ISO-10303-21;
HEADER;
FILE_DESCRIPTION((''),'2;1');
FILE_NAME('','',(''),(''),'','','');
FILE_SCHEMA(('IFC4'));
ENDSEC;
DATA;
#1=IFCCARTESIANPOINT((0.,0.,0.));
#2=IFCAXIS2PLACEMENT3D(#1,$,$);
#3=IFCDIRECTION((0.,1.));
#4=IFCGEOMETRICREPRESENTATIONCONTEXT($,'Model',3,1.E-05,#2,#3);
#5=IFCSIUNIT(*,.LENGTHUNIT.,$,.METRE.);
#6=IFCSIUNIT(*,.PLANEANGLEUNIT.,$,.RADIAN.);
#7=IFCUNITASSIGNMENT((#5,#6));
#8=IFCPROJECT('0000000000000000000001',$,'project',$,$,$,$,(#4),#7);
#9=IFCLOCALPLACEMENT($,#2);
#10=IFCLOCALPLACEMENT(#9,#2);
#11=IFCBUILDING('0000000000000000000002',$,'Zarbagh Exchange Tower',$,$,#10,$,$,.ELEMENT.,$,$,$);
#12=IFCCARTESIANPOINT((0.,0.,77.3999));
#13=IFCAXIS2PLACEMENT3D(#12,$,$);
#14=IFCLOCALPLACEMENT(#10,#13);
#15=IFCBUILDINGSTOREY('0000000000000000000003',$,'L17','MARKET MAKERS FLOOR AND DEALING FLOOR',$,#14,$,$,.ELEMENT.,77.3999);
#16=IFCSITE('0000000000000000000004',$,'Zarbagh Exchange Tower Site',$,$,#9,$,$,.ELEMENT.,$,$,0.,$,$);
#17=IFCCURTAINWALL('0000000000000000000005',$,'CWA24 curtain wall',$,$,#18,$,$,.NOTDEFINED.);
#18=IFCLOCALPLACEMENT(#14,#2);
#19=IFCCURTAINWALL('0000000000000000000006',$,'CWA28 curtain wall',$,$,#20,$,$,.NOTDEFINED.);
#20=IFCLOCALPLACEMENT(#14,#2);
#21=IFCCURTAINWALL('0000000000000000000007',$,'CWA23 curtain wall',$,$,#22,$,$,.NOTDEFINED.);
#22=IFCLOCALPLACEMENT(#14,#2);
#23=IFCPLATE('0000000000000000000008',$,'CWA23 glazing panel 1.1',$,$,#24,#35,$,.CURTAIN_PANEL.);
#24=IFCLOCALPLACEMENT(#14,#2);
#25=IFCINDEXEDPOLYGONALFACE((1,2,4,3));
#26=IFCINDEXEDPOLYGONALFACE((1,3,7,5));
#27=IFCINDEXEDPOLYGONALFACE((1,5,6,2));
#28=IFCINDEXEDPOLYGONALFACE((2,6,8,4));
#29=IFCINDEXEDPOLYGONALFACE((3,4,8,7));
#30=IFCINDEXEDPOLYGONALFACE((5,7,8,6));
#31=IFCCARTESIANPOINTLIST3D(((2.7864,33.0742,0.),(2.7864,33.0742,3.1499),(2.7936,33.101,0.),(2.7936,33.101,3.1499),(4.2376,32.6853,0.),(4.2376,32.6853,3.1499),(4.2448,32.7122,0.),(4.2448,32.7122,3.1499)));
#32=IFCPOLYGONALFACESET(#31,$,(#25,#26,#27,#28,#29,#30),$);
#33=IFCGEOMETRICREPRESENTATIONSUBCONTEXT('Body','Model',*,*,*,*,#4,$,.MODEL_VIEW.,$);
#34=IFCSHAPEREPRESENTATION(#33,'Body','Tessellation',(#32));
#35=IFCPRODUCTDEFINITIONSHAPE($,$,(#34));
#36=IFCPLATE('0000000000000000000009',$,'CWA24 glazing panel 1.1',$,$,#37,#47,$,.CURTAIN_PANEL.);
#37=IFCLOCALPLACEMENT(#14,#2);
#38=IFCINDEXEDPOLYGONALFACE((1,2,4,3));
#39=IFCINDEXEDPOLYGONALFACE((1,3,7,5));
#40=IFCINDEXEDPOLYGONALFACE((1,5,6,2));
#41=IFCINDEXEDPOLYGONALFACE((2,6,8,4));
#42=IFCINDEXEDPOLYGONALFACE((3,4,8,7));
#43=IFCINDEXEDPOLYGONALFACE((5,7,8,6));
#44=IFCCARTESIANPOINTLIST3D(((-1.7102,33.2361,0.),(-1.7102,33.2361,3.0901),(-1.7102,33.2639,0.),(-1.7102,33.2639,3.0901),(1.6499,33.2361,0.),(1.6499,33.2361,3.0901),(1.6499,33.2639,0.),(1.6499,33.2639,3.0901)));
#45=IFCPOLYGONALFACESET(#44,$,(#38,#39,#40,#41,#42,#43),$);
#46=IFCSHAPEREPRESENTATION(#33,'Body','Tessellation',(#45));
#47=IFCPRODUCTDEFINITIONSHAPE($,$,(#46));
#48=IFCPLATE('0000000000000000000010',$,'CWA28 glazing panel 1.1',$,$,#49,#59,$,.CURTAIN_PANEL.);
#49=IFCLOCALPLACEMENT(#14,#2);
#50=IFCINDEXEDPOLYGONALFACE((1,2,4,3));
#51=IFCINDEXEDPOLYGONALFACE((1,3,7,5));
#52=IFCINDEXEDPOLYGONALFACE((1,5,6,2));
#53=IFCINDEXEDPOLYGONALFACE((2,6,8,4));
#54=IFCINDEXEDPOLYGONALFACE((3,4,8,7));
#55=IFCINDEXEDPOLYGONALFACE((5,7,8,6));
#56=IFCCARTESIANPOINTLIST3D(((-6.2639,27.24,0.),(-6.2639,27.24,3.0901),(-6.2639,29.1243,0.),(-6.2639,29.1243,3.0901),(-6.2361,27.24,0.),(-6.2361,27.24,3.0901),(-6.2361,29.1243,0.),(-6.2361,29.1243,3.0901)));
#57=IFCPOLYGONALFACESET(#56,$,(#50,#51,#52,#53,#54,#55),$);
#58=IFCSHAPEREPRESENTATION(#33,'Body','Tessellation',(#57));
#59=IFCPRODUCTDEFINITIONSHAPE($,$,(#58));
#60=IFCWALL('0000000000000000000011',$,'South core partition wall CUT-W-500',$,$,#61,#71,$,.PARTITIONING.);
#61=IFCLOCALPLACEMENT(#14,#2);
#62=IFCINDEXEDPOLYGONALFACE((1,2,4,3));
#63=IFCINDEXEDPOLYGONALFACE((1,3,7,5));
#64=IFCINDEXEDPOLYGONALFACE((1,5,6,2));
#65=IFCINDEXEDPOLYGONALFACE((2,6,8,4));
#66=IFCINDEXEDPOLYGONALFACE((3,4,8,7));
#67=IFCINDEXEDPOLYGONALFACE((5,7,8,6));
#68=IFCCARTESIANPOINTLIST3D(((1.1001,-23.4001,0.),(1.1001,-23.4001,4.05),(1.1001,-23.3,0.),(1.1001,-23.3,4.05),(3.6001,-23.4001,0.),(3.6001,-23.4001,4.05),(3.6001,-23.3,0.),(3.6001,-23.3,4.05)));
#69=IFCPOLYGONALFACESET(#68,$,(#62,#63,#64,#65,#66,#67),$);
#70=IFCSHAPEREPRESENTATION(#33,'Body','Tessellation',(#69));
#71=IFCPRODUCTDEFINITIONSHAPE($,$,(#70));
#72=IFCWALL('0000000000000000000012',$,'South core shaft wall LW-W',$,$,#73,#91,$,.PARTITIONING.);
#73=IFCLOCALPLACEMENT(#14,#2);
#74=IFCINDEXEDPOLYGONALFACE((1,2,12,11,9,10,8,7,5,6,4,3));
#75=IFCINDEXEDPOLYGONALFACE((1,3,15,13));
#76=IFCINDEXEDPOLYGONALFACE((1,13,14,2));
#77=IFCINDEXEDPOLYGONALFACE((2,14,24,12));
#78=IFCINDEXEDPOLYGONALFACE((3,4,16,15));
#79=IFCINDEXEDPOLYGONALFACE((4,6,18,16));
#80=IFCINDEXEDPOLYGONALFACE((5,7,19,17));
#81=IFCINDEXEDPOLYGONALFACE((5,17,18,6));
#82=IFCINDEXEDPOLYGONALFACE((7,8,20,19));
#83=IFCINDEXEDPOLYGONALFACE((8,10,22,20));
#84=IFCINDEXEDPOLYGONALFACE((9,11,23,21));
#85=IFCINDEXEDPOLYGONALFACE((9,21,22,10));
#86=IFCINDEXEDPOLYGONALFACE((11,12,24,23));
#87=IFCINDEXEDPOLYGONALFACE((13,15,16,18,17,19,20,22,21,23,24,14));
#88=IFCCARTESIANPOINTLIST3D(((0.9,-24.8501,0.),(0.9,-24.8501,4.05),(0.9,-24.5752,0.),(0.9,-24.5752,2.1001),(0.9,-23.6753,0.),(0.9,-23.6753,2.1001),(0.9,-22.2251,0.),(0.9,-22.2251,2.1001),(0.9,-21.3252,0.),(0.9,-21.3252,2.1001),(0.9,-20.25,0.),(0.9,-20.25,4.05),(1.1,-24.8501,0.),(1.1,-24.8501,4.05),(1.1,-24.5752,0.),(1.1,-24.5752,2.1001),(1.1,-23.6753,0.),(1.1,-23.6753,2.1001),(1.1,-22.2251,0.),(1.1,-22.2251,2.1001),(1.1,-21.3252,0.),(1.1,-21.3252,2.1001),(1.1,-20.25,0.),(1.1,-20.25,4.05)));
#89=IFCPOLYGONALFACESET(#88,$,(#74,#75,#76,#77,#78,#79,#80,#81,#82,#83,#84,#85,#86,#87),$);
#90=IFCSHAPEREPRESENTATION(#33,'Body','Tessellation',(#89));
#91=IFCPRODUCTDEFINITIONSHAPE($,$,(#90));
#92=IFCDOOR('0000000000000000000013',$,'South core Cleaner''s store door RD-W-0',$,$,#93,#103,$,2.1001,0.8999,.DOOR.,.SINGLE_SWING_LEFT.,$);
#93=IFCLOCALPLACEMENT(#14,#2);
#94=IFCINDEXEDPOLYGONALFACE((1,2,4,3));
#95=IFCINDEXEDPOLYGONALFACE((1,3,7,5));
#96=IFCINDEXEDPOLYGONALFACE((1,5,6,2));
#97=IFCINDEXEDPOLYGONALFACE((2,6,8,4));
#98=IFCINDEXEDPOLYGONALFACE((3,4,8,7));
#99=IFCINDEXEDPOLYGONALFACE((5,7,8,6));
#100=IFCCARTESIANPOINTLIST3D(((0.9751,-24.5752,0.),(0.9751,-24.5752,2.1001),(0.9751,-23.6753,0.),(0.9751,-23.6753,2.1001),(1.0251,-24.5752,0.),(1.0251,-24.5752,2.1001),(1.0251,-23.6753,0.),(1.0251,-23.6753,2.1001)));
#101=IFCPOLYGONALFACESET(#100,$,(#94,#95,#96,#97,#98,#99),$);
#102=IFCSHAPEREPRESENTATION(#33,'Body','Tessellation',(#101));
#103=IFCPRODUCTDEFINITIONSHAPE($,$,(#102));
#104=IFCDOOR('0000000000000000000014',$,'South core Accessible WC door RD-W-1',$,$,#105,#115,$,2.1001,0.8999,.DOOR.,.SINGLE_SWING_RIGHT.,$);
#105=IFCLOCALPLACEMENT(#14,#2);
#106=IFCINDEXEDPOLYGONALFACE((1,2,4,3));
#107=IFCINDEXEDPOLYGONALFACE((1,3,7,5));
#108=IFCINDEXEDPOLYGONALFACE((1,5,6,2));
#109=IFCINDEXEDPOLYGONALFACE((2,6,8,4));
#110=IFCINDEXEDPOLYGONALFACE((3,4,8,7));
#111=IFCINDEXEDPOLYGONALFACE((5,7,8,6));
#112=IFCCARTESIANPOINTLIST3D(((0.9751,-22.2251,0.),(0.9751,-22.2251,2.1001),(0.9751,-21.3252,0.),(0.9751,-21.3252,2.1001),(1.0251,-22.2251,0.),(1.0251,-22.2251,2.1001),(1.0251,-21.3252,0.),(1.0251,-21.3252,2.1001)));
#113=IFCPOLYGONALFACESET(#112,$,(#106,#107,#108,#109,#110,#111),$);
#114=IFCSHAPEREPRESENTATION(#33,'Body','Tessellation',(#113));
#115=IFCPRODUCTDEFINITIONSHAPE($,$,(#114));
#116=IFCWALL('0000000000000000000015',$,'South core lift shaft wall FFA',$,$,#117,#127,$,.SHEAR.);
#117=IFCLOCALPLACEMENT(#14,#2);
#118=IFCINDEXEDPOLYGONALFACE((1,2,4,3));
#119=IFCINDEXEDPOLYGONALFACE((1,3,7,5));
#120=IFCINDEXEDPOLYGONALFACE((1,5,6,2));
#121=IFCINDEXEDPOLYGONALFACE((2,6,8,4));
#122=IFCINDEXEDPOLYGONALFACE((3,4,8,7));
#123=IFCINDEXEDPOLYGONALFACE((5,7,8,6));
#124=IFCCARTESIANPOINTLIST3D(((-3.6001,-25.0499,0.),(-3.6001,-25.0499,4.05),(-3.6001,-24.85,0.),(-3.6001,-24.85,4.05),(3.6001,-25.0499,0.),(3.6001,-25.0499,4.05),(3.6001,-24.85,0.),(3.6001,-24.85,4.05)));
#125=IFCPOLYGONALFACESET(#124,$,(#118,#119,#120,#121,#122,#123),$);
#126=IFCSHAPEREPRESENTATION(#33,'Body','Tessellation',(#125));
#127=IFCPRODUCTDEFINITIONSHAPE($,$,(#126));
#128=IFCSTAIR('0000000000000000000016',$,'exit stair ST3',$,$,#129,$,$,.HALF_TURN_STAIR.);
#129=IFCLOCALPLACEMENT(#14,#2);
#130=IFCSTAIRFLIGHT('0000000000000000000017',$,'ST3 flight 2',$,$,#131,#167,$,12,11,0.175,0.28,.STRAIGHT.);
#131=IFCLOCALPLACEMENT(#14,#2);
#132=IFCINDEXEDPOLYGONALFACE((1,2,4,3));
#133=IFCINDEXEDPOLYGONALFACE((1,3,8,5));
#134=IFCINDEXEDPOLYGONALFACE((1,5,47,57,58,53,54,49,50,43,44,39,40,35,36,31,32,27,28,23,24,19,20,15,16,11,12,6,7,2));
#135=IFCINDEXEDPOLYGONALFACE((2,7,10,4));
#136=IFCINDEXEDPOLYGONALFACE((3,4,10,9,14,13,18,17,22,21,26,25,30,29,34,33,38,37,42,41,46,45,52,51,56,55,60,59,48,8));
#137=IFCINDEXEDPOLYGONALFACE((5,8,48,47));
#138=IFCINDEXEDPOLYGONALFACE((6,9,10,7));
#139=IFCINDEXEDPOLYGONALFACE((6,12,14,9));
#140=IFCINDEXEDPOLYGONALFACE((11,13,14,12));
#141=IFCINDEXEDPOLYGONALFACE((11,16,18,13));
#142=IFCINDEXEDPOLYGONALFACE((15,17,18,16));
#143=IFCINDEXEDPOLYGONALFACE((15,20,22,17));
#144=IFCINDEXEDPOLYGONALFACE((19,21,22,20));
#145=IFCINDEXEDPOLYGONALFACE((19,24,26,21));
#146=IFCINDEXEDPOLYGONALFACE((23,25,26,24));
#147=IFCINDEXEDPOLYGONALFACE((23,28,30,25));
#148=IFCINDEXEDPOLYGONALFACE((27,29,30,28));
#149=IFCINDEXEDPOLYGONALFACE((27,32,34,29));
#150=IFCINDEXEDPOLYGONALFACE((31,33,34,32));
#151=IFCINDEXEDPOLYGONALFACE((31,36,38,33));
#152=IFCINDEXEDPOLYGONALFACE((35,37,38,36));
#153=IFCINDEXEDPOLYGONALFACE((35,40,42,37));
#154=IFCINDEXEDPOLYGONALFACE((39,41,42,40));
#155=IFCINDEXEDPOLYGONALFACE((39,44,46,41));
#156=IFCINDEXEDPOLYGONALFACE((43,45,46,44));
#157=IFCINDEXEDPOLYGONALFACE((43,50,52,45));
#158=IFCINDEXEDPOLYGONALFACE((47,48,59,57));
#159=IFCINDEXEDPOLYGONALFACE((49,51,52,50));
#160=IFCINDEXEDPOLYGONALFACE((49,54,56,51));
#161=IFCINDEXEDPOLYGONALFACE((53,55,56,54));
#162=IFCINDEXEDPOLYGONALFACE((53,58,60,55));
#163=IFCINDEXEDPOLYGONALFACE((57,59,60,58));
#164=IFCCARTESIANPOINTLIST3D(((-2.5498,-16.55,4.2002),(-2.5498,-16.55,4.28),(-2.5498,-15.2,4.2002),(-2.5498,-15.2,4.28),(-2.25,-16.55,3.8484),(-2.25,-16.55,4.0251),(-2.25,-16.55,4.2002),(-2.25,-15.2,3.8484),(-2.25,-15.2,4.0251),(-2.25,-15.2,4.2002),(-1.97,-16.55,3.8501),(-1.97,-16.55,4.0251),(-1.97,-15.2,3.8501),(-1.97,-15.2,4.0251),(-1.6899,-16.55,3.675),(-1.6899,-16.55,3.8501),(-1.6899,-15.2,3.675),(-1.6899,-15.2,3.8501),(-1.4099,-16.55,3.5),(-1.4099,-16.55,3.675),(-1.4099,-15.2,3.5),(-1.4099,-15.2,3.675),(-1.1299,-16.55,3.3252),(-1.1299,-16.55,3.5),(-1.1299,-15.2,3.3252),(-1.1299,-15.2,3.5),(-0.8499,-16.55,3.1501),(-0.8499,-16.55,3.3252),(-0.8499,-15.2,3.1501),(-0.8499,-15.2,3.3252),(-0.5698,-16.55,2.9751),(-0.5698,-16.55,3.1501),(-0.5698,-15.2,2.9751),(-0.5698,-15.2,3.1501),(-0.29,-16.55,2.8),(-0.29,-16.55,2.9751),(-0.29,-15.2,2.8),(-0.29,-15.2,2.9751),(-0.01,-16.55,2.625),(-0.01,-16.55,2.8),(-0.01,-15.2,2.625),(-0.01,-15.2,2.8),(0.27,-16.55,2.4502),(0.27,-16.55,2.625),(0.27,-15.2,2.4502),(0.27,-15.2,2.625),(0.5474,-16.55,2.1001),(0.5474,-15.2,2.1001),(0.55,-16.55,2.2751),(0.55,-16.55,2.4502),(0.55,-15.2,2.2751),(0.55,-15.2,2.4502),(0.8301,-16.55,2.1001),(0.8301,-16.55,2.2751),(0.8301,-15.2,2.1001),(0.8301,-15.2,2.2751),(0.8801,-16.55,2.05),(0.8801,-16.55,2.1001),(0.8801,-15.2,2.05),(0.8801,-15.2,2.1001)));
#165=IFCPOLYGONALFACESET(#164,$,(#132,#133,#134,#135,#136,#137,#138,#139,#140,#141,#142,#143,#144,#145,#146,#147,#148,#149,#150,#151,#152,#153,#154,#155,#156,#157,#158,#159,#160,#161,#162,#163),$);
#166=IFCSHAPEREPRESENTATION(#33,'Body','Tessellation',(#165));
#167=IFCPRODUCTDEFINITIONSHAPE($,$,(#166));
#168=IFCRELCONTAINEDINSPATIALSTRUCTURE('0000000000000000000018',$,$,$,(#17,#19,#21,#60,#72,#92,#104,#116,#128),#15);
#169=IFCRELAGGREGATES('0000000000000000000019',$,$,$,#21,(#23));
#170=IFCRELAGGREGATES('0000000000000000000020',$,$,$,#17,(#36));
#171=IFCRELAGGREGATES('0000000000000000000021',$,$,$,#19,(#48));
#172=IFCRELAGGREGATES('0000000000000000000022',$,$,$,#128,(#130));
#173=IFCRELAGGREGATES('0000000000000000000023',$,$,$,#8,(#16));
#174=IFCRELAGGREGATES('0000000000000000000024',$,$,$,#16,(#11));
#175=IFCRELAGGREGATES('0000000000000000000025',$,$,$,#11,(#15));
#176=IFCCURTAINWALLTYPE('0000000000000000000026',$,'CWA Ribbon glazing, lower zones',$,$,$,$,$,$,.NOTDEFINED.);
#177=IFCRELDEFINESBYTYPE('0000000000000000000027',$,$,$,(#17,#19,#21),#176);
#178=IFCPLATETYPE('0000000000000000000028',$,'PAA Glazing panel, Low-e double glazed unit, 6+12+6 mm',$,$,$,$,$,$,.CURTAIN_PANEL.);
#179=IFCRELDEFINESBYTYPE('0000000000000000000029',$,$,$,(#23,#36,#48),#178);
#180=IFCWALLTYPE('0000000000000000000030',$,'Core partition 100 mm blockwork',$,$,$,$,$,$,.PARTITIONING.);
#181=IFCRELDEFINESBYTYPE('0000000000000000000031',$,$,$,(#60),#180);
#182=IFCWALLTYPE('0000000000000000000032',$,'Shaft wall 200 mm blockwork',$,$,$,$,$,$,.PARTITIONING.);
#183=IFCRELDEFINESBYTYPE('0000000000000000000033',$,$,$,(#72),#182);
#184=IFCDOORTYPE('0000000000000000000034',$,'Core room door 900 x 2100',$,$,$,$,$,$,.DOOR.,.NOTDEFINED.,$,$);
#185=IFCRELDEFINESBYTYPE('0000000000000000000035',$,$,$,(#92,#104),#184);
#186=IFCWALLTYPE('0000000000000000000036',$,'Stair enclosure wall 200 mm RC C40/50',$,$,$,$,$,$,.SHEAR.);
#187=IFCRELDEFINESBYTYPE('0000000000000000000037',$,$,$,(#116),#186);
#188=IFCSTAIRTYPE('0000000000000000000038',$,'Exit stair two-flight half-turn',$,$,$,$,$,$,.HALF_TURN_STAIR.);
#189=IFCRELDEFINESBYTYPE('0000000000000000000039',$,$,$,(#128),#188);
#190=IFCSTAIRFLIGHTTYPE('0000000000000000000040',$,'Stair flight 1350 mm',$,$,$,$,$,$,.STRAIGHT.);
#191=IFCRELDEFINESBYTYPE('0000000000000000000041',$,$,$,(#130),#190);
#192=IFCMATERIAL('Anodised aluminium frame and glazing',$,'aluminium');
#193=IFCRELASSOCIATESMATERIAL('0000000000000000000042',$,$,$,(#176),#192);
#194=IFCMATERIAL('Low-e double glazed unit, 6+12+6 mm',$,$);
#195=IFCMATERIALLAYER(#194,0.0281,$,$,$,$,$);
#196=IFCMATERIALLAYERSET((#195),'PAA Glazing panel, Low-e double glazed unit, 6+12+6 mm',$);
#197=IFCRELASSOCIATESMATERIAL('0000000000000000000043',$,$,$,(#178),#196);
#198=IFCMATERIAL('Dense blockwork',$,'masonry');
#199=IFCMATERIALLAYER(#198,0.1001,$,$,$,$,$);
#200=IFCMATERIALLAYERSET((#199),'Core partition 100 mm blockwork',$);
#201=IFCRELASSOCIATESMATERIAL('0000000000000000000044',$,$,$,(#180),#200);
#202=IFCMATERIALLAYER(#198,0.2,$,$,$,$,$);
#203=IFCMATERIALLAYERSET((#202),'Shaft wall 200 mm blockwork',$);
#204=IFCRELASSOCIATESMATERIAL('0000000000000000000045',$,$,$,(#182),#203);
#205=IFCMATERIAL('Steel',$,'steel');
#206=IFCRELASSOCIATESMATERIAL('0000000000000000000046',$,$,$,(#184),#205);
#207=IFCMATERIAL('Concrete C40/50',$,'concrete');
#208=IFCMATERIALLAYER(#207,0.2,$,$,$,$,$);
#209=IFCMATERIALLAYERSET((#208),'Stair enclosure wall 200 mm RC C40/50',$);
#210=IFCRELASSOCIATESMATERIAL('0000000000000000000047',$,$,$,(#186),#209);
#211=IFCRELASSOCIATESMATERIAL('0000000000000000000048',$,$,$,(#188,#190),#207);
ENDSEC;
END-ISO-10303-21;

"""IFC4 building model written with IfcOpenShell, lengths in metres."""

from ifc_helpers import new_model, si_unit, direction, frame, frame_2d, origin, place, context, subcontext, project, spatial, polyline, rectangle, outline, extrude, source, transform, mapped, material, layer, layer_set, type_object, element, fill, aggregate, save


model = new_model("IFC4")

# Units and contexts
model_context = context("Model", 3, precision=1e-05, world=origin(), true_north=direction((0.0, 1.0)))
body_context = subcontext(model_context, "Body", "Model", "MODEL_VIEW")
ifc_project = project(units=[si_unit("LENGTHUNIT", "METRE"), si_unit("PLANEANGLEUNIT", "RADIAN")], contexts=[model_context])

# Site, building, storey
site_placement = place(None, origin())
site = spatial("IfcSite", under=ifc_project, at=site_placement, Name="Zarbagh Exchange Tower Site", CompositionType="ELEMENT", RefElevation=0.0)
building_placement = place(site_placement, origin())
building = spatial("IfcBuilding", under=site, at=building_placement, Name="Zarbagh Exchange Tower", CompositionType="ELEMENT")
storey_placement = place(building_placement, frame((0.0, 0.0, 77.3999)))
storey = spatial("IfcBuildingStorey", under=building, at=storey_placement, Name="L17", Description="MARKET MAKERS FLOOR AND DEALING FLOOR", CompositionType="ELEMENT", Elevation=77.3999)

# Curtain wall
ifc_material_1 = material(Name="Anodised aluminium frame and glazing", Category="aluminium")
curtain_wall_type = type_object("IfcCurtainWallType", Name="CWA Ribbon glazing, lower zones", PredefinedType="NOTDEFINED", material=ifc_material_1)
curtain_wall_1_placement = place(storey_placement, origin())
curtain_wall_1 = element("IfcCurtainWall", 1, at=curtain_wall_1_placement, inside=storey, type_object=curtain_wall_type, Name="CWA24 curtain wall", PredefinedType="NOTDEFINED")
placement = place(storey_placement, origin())

# Curtain wall
curtain_wall_2_placement = place(storey_placement, origin())
curtain_wall_2 = element("IfcCurtainWall", 2, at=curtain_wall_2_placement, inside=storey, type_object=curtain_wall_type, Name="CWA28 curtain wall", PredefinedType="NOTDEFINED")

# Shared definitions
ifc_material_2 = material(Name="Low-e double glazed unit, 6+12+6 mm")
ifc_layer_1 = layer(ifc_material_2, 0.0281)
ifc_layer_set_1 = layer_set([ifc_layer_1], Name="PAA Glazing panel, Low-e double glazed unit, 6+12+6 mm")
plate_type = type_object("IfcPlateType", Name="PAA Glazing panel, Low-e double glazed unit, 6+12+6 mm", PredefinedType="CURTAIN_PANEL", material=ifc_layer_set_1)

# Curtain wall, plate
curtain_wall_3_placement = place(storey_placement, origin())
curtain_wall_3 = element("IfcCurtainWall", 3, at=curtain_wall_3_placement, inside=storey, type_object=curtain_wall_type, Name="CWA23 curtain wall", PredefinedType="NOTDEFINED")
shared_shape_1 = source(origin(), body_context, "Body", "SweptSolid", [
    extrude(outline(polyline([(0.0, -0.0139), (1.5024, -0.0139), (1.5024, 0.0139), (0.0, 0.0139), (0.0, -0.0139)])), origin(), (0.0, 0.0, 1.0), 3.1499),
])
plate_1 = element("IfcPlate", 4, at=placement, type_object=plate_type, Name="CWA23 glazing panel 1.1", PredefinedType="CURTAIN_PANEL", context=body_context, shape_type="MappedRepresentation", body=[
    mapped(shared_shape_1, transform((4.2412, 32.6987, 0.0), x_axis=(-0.965924, 0.258825, 0.0), y_axis=(-0.258825, -0.965924, 0.0), z_axis=(0.0, 0.0, 1.0))),
])
aggregate(curtain_wall_3, [plate_1])

# Plates
shared_shape_2 = source(origin(), body_context, "Body", "SweptSolid", [
    extrude(outline(polyline([(0.0, -0.0139), (3.3601, -0.0139), (3.3601, 0.0139), (0.0, 0.0139), (0.0, -0.0139)])), origin(), (0.0, 0.0, 1.0), 3.0901),
])
plate_2 = element("IfcPlate", 5, at=placement, type_object=plate_type, Name="CWA24 glazing panel 1.1", PredefinedType="CURTAIN_PANEL", context=body_context, shape_type="MappedRepresentation", body=[
    mapped(shared_shape_2, transform((1.6499, 33.25, 0.0), x_axis=(-1.0, 0.0, 0.0), y_axis=(0.0, -1.0, 0.0), z_axis=(0.0, 0.0, 1.0))),
])
aggregate(curtain_wall_1, [plate_2])
shared_shape_3 = source(origin(), body_context, "Body", "SweptSolid", [
    extrude(outline(polyline([(0.0, -0.0139), (1.8843, -0.0139), (1.8843, 0.0139), (0.0, 0.0139), (0.0, -0.0139)])), origin(), (0.0, 0.0, 1.0), 3.0901),
])
plate_3 = element("IfcPlate", 6, at=placement, type_object=plate_type, Name="CWA28 glazing panel 1.1", PredefinedType="CURTAIN_PANEL", context=body_context, shape_type="MappedRepresentation", body=[
    mapped(shared_shape_3, transform((-6.25, 29.1243, 0.0), x_axis=(0.0, -1.0, 0.0), y_axis=(1.0, 0.0, 0.0), z_axis=(0.0, 0.0, 1.0))),
])
aggregate(curtain_wall_2, [plate_3])

# Wall
ifc_material_3 = material(Name="Dense blockwork", Category="masonry")
ifc_layer_2 = layer(ifc_material_3, 0.1001)
ifc_layer_set_2 = layer_set([ifc_layer_2], Name="Core partition 100 mm blockwork")
wall_type_1 = type_object("IfcWallType", Name="Core partition 100 mm blockwork", PredefinedType="PARTITIONING", material=ifc_layer_set_2)
wall_1_placement = place(storey_placement, frame((3.6001, -23.3501, 0.0), z_axis=(0.0, 0.0, 1.0), x_axis=(-1.0, 0.0, 0.0)))
element("IfcWall", 7, at=wall_1_placement, inside=storey, type_object=wall_type_1, Name="South core partition wall CUT-W-500", PredefinedType="PARTITIONING", context=body_context, shape_type="SweptSolid", body=[
    extrude(rectangle(XDim=2.5, YDim=0.1001, at=frame_2d((1.25, 0.0))), origin(), (0.0, 0.0, 1.0), 4.05),
])

# Wall, openings, doors
ifc_layer_3 = layer(ifc_material_3, 0.2)
ifc_layer_set_3 = layer_set([ifc_layer_3], Name="Shaft wall 200 mm blockwork")
wall_type_2 = type_object("IfcWallType", Name="Shaft wall 200 mm blockwork", PredefinedType="PARTITIONING", material=ifc_layer_set_3)
wall_2_placement = place(storey_placement, frame((1.0, -24.8501, 0.0), z_axis=(0.0, 0.0, 1.0), x_axis=(0.0, 1.0, 0.0)))
wall_2 = element("IfcWall", 8, at=wall_2_placement, inside=storey, type_object=wall_type_2, Name="South core shaft wall LW-W", PredefinedType="PARTITIONING", context=body_context, shape_type="SweptSolid", body=[
    extrude(rectangle(XDim=4.6001, YDim=0.2, at=frame_2d((2.3, 0.0))), origin(), (0.0, 0.0, 1.0), 4.05),
])
opening_1_placement = place(wall_2_placement, frame((0.2749, 0.0, 0.0)))
opening_1 = element("IfcOpeningElement", 9, at=opening_1_placement, cuts=wall_2, PredefinedType="OPENING", context=body_context, shape_type="SweptSolid", body=[
    extrude(rectangle(XDim=0.8999, YDim=2.1001, at=frame_2d((0.45, 1.05))), frame((0.0, 0.1099, 0.0), z_axis=(0.0, -1.0, 0.0), x_axis=(1.0, 0.0, 0.0)), (0.0, 0.0, 1.0), 0.22),
])
opening_2_placement = place(wall_2_placement, frame((2.625, 0.0, 0.0)))
opening_2 = element("IfcOpeningElement", 10, at=opening_2_placement, cuts=wall_2, PredefinedType="OPENING", context=body_context, shape_type="SweptSolid", body=[
    extrude(rectangle(XDim=0.8999, YDim=2.1001, at=frame_2d((0.45, 1.05))), frame((0.0, 0.1099, 0.0), z_axis=(0.0, -1.0, 0.0), x_axis=(1.0, 0.0, 0.0)), (0.0, 0.0, 1.0), 0.22),
])
ifc_material_4 = material(Name="Steel", Category="steel")
door_type = type_object("IfcDoorType", Name="Core room door 900 x 2100", OperationType="NOTDEFINED", PredefinedType="DOOR", material=ifc_material_4)
door_1_placement = place(opening_1_placement, origin())
door_1 = element("IfcDoor", 11, at=door_1_placement, inside=storey, type_object=door_type, Name="South core Cleaner's store door RD-W-0", OperationType="SINGLE_SWING_LEFT", OverallHeight=2.1001, OverallWidth=0.8999, PredefinedType="DOOR", context=body_context, shape_type="SweptSolid", body=[
    extrude(rectangle(XDim=0.8999, YDim=2.1001, at=frame_2d((0.45, 1.05))), frame((0.0, 0.0249, 0.0), z_axis=(0.0, -1.0, 0.0), x_axis=(1.0, 0.0, 0.0)), (0.0, 0.0, 1.0), 0.05),
])
fill(opening_1, door_1)
door_2_placement = place(opening_2_placement, origin())
door_2 = element("IfcDoor", 12, at=door_2_placement, inside=storey, type_object=door_type, Name="South core Accessible WC door RD-W-1", OperationType="SINGLE_SWING_RIGHT", OverallHeight=2.1001, OverallWidth=0.8999, PredefinedType="DOOR", context=body_context, shape_type="SweptSolid", body=[
    extrude(rectangle(XDim=0.8999, YDim=2.1001, at=frame_2d((0.45, 1.05))), frame((0.0, 0.0249, 0.0), z_axis=(0.0, -1.0, 0.0), x_axis=(1.0, 0.0, 0.0)), (0.0, 0.0, 1.0), 0.05),
])
fill(opening_2, door_2)

# Wall
ifc_material_5 = material(Name="Concrete C40/50", Category="concrete")
ifc_layer_4 = layer(ifc_material_5, 0.2)
ifc_layer_set_4 = layer_set([ifc_layer_4], Name="Stair enclosure wall 200 mm RC C40/50")
wall_type_3 = type_object("IfcWallType", Name="Stair enclosure wall 200 mm RC C40/50", PredefinedType="SHEAR", material=ifc_layer_set_4)
wall_3_placement = place(storey_placement, frame((3.6001, -24.95, 0.0), z_axis=(0.0, 0.0, 1.0), x_axis=(-1.0, 0.0, 0.0)))
element("IfcWall", 13, at=wall_3_placement, inside=storey, type_object=wall_type_3, Name="South core lift shaft wall FFA", PredefinedType="SHEAR", context=body_context, shape_type="SweptSolid", body=[
    extrude(rectangle(XDim=7.2002, YDim=0.2, at=frame_2d((3.6001, 0.0))), origin(), (0.0, 0.0, 1.0), 4.05),
])

# Stair, stair flight
stair_type = type_object("IfcStairType", Name="Exit stair two-flight half-turn", PredefinedType="HALF_TURN_STAIR", material=ifc_material_5)
stair_1_placement = place(storey_placement, origin())
stair_1 = element("IfcStair", 14, at=stair_1_placement, inside=storey, type_object=stair_type, Name="exit stair ST3", PredefinedType="HALF_TURN_STAIR")
stair_flight_type = type_object("IfcStairFlightType", Name="Stair flight 1350 mm", PredefinedType="STRAIGHT", material=ifc_material_5)
stair_flight_1_placement = place(storey_placement, frame((0.8301, -15.875, 2.1001), z_axis=(0.0, 0.0, 1.0), x_axis=(-1.0, 0.0, 0.0)))
stair_flight_1 = element("IfcStairFlight", 15, at=stair_flight_1_placement, type_object=stair_flight_type, Name="ST3 flight 2", NumberOfRisers=12, NumberOfTreads=11, PredefinedType="STRAIGHT", RiserHeight=0.175, TreadLength=0.28, context=body_context, shape_type="SweptSolid", body=[
    extrude(outline(polyline([(-0.05, -0.05), (-0.05, 0.0), (0.0, 0.0), (0.0, 0.175), (0.28, 0.175), (0.28, 0.3501), (0.5601, 0.3501), (0.5601, 0.5249), (0.8401, 0.5249), (0.8401, 0.7), (1.1201, 0.7), (1.1201, 0.875), (1.3999, 0.875), (1.3999, 1.05), (1.6799, 1.05), (1.6799, 1.2251), (1.96, 1.2251), (1.96, 1.3999), (2.24, 1.3999), (2.24, 1.575), (2.52, 1.575), (2.52, 1.75), (2.8, 1.75), (2.8, 1.925), (3.0801, 1.925), (3.0801, 2.1001), (3.3799, 2.1799), (3.3799, 2.1001), (3.0801, 1.7483), (0.2827, 0.0), (-0.05, -0.05)])), frame((0.0, 0.675, 0.0), z_axis=(0.0, -1.0, 0.0), x_axis=(1.0, 0.0, 0.0)), (0.0, 0.0, 1.0), 1.3501),
])
aggregate(stair_1, [stair_flight_1])

save(model, "model.ifc")
